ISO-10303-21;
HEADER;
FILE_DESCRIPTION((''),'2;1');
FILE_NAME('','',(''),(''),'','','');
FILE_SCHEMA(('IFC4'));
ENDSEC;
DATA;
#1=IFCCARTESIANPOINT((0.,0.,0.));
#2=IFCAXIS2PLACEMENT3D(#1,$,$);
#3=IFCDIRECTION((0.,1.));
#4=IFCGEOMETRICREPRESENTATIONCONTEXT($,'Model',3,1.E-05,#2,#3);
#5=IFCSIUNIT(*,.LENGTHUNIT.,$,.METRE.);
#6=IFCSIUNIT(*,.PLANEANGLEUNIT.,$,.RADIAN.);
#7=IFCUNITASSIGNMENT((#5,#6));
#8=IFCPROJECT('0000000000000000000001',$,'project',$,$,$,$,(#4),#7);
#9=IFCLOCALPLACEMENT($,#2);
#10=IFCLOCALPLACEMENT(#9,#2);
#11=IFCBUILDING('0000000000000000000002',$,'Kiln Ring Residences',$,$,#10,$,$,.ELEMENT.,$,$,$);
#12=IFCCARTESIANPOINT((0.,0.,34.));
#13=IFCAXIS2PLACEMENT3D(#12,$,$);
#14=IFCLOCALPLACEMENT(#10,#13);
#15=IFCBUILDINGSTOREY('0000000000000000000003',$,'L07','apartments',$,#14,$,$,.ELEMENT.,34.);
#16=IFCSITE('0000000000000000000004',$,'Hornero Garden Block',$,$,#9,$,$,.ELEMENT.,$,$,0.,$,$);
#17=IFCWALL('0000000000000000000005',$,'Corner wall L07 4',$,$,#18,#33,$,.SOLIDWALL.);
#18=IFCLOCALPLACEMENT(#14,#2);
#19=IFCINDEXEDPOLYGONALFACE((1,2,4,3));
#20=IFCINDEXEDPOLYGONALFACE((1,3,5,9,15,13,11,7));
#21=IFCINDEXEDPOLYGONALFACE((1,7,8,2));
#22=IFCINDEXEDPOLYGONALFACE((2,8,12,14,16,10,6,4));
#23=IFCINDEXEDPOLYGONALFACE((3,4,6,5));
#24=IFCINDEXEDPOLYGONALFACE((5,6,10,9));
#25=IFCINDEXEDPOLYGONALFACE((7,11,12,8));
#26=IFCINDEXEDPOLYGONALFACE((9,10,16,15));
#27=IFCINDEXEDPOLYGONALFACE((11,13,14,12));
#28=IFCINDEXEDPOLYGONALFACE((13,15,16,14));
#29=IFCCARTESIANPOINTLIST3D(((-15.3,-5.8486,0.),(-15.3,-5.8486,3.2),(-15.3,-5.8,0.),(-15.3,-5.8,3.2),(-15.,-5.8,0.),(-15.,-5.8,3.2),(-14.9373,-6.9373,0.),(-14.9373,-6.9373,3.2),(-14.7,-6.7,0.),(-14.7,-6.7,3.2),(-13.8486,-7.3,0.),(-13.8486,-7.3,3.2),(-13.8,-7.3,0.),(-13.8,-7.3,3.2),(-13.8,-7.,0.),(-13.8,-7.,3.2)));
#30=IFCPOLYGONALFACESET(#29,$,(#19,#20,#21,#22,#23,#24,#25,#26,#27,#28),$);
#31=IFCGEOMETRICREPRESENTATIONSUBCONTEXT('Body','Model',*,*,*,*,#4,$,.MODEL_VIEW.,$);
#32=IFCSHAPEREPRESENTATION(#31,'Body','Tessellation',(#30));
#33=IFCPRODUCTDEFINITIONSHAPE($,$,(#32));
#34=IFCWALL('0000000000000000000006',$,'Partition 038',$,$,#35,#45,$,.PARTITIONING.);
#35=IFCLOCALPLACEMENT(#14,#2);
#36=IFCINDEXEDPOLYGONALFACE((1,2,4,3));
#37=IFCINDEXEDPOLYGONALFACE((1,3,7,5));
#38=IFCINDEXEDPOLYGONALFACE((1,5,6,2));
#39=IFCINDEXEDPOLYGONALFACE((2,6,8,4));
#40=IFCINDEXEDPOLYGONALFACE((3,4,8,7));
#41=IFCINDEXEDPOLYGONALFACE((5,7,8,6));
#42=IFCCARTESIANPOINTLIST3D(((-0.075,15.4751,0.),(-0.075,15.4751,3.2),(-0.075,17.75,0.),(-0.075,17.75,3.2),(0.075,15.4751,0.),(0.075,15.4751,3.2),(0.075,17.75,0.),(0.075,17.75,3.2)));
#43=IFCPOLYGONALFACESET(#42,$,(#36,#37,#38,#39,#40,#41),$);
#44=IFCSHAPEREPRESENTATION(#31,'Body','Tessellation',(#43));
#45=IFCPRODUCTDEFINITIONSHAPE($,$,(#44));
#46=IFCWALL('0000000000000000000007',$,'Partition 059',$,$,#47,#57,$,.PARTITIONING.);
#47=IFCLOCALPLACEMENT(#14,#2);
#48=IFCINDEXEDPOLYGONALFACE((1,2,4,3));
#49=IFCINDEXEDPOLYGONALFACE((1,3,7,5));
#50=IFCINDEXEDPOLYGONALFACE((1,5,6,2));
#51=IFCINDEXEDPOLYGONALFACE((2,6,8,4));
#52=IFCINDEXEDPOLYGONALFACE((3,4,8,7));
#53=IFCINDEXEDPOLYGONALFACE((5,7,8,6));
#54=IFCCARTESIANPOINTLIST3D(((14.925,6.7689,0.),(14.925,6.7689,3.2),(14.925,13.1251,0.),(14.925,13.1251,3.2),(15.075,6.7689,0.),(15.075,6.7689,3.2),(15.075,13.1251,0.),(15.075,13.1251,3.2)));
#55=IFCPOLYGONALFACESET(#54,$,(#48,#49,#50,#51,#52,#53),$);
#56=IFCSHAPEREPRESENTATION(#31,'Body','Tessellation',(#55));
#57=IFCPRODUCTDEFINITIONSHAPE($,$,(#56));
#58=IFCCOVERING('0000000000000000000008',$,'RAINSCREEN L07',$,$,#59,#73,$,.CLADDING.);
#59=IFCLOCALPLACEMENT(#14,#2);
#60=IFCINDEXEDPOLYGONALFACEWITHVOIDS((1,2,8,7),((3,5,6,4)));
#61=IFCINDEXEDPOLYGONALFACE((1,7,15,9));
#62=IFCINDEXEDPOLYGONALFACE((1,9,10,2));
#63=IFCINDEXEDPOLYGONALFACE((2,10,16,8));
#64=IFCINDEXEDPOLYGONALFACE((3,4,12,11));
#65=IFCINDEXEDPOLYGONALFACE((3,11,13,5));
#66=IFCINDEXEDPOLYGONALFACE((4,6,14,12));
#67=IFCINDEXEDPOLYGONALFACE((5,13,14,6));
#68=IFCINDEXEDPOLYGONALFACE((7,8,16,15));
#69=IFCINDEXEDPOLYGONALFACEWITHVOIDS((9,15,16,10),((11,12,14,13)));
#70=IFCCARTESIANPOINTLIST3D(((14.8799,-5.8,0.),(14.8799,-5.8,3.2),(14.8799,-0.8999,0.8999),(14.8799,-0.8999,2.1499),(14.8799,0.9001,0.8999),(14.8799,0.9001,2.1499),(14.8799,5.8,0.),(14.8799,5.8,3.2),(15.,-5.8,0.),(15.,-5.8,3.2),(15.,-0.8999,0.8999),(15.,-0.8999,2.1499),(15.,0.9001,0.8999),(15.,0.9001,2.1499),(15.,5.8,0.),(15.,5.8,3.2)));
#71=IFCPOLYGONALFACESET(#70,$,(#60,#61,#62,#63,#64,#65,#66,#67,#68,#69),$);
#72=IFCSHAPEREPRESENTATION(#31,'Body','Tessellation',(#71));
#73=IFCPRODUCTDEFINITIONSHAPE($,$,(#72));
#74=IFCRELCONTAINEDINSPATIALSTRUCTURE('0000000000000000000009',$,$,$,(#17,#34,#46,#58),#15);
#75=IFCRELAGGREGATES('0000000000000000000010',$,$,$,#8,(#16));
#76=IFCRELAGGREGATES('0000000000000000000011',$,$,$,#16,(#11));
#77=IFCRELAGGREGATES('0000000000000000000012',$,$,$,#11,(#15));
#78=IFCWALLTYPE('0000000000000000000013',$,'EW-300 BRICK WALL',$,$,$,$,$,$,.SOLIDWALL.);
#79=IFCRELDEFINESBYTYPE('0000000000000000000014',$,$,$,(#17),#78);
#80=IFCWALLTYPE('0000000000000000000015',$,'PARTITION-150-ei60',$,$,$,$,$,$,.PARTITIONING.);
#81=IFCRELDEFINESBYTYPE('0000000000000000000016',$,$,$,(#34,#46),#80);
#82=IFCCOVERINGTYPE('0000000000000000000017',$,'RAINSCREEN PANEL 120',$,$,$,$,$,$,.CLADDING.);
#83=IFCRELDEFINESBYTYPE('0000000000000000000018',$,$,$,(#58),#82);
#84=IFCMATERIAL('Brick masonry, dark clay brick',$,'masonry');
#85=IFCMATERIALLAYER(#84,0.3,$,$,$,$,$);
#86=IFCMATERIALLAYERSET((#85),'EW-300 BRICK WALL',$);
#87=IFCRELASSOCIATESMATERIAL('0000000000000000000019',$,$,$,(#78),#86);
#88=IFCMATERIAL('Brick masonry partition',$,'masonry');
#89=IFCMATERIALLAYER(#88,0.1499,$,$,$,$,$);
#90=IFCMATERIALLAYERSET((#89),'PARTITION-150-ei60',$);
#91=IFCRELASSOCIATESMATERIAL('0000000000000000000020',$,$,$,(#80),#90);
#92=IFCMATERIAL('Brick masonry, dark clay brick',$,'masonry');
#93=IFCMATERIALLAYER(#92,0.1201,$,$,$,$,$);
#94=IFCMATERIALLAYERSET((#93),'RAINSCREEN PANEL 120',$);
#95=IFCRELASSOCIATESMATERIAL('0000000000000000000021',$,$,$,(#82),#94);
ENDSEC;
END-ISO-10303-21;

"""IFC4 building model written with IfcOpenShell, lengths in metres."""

from ifc_helpers import new_model, si_unit, direction, frame, frame_2d, origin, place, context, subcontext, project, spatial, polyline, rectangle, outline, extrude, material, layer, layer_set, type_object, element, save


model = new_model("IFC4")

# Units and contexts
model_context = context("Model", 3, precision=1e-05, world=origin(), true_north=direction((0.0, 1.0)))
body_context = subcontext(model_context, "Body", "Model", "MODEL_VIEW")
ifc_project = project(units=[si_unit("LENGTHUNIT", "METRE"), si_unit("PLANEANGLEUNIT", "RADIAN")], contexts=[model_context])

# Site, building, storey
site_placement = place(None, origin())
site = spatial("IfcSite", under=ifc_project, at=site_placement, Name="Hornero Garden Block", CompositionType="ELEMENT", RefElevation=0.0)
building_placement = place(site_placement, origin())
building = spatial("IfcBuilding", under=site, at=building_placement, Name="Kiln Ring Residences", CompositionType="ELEMENT")
storey_placement = place(building_placement, frame((0.0, 0.0, 34.0)))
storey = spatial("IfcBuildingStorey", under=building, at=storey_placement, Name="L07", Description="apartments", CompositionType="ELEMENT", Elevation=34.0)

# Shared definitions
placement_1 = place(storey_placement, origin())

# Walls
ifc_material_1 = material(Name="Brick masonry, dark clay brick", Category="masonry")
ifc_layer_1 = layer(ifc_material_1, 0.3)
ifc_layer_set_1 = layer_set([ifc_layer_1], Name="EW-300 BRICK WALL")
wall_type_1 = type_object("IfcWallType", Name="EW-300 BRICK WALL", PredefinedType="SOLIDWALL", material=ifc_layer_set_1)
element("IfcWall", 1, at=placement_1, inside=storey, type_object=wall_type_1, Name="Corner wall L07 4", PredefinedType="SOLIDWALL", context=body_context, shape_type="SweptSolid", body=[
    extrude(outline(polyline([(-14.9373, -6.9373), (-13.8486, -7.3), (-13.8, -7.3), (-13.8, -7.0), (-14.7, -6.7), (-15.0, -5.8), (-15.3, -5.8), (-15.3, -5.8486), (-14.9373, -6.9373)])), origin(), (0.0, 0.0, 1.0), 3.2),
])
ifc_material_2 = material(Name="Brick masonry partition", Category="masonry")
ifc_layer_2 = layer(ifc_material_2, 0.1499)
ifc_layer_set_2 = layer_set([ifc_layer_2], Name="PARTITION-150-ei60")
wall_type_2 = type_object("IfcWallType", Name="PARTITION-150-ei60", PredefinedType="PARTITIONING", material=ifc_layer_set_2)
wall_1_placement = place(storey_placement, frame((0.0, 15.4751, 0.0), z_axis=(0.0, 0.0, 1.0), x_axis=(0.0, 1.0, 0.0)))
element("IfcWall", 2, at=wall_1_placement, inside=storey, type_object=wall_type_2, Name="Partition 038", PredefinedType="PARTITIONING", context=body_context, shape_type="SweptSolid", body=[
    extrude(rectangle(XDim=2.2749, YDim=0.1499, at=frame_2d((1.1375, 0.0))), origin(), (0.0, 0.0, 1.0), 3.2),
])
wall_2_placement = place(storey_placement, frame((15.0, 6.7688, 0.0), z_axis=(0.0, 0.0, 1.0), x_axis=(0.0, 1.0, 0.0)))
element("IfcWall", 3, at=wall_2_placement, inside=storey, type_object=wall_type_2, Name="Partition 059", PredefinedType="PARTITIONING", context=body_context, shape_type="SweptSolid", body=[
    extrude(rectangle(XDim=6.3562, YDim=0.1499, at=frame_2d((3.1782, 0.0))), origin(), (0.0, 0.0, 1.0), 3.2),
])

# Covering
ifc_material_3 = material(Name="Brick masonry, dark clay brick", Category="masonry")
ifc_layer_3 = layer(ifc_material_3, 0.1201)
ifc_layer_set_3 = layer_set([ifc_layer_3], Name="RAINSCREEN PANEL 120")
covering_type = type_object("IfcCoveringType", Name="RAINSCREEN PANEL 120", PredefinedType="CLADDING", material=ifc_layer_set_3)
covering_placement = place(storey_placement, frame((14.9399, 5.8, 0.0), z_axis=(0.0, 0.0, 1.0), x_axis=(0.0, -1.0, 0.0)))
element("IfcCovering", 4, at=covering_placement, inside=storey, type_object=covering_type, Name="RAINSCREEN L07", PredefinedType="CLADDING", context=body_context, shape_type="SweptSolid", body=[
    extrude(outline(polyline([(0.0, 0.0), (11.6001, 0.0), (11.6001, 3.2), (0.0, 3.2), (0.0, 0.0)]), holes=[polyline([(4.8999, 2.1499), (4.8999, 0.8999), (6.7, 0.8999), (6.7, 2.1499), (4.8999, 2.1499)])]), frame((0.0, 0.0601, 0.0), z_axis=(0.0, -1.0, 0.0), x_axis=(1.0, 0.0, 0.0)), (0.0, 0.0, 1.0), 0.1201),
])

save(model, "model.ifc")
